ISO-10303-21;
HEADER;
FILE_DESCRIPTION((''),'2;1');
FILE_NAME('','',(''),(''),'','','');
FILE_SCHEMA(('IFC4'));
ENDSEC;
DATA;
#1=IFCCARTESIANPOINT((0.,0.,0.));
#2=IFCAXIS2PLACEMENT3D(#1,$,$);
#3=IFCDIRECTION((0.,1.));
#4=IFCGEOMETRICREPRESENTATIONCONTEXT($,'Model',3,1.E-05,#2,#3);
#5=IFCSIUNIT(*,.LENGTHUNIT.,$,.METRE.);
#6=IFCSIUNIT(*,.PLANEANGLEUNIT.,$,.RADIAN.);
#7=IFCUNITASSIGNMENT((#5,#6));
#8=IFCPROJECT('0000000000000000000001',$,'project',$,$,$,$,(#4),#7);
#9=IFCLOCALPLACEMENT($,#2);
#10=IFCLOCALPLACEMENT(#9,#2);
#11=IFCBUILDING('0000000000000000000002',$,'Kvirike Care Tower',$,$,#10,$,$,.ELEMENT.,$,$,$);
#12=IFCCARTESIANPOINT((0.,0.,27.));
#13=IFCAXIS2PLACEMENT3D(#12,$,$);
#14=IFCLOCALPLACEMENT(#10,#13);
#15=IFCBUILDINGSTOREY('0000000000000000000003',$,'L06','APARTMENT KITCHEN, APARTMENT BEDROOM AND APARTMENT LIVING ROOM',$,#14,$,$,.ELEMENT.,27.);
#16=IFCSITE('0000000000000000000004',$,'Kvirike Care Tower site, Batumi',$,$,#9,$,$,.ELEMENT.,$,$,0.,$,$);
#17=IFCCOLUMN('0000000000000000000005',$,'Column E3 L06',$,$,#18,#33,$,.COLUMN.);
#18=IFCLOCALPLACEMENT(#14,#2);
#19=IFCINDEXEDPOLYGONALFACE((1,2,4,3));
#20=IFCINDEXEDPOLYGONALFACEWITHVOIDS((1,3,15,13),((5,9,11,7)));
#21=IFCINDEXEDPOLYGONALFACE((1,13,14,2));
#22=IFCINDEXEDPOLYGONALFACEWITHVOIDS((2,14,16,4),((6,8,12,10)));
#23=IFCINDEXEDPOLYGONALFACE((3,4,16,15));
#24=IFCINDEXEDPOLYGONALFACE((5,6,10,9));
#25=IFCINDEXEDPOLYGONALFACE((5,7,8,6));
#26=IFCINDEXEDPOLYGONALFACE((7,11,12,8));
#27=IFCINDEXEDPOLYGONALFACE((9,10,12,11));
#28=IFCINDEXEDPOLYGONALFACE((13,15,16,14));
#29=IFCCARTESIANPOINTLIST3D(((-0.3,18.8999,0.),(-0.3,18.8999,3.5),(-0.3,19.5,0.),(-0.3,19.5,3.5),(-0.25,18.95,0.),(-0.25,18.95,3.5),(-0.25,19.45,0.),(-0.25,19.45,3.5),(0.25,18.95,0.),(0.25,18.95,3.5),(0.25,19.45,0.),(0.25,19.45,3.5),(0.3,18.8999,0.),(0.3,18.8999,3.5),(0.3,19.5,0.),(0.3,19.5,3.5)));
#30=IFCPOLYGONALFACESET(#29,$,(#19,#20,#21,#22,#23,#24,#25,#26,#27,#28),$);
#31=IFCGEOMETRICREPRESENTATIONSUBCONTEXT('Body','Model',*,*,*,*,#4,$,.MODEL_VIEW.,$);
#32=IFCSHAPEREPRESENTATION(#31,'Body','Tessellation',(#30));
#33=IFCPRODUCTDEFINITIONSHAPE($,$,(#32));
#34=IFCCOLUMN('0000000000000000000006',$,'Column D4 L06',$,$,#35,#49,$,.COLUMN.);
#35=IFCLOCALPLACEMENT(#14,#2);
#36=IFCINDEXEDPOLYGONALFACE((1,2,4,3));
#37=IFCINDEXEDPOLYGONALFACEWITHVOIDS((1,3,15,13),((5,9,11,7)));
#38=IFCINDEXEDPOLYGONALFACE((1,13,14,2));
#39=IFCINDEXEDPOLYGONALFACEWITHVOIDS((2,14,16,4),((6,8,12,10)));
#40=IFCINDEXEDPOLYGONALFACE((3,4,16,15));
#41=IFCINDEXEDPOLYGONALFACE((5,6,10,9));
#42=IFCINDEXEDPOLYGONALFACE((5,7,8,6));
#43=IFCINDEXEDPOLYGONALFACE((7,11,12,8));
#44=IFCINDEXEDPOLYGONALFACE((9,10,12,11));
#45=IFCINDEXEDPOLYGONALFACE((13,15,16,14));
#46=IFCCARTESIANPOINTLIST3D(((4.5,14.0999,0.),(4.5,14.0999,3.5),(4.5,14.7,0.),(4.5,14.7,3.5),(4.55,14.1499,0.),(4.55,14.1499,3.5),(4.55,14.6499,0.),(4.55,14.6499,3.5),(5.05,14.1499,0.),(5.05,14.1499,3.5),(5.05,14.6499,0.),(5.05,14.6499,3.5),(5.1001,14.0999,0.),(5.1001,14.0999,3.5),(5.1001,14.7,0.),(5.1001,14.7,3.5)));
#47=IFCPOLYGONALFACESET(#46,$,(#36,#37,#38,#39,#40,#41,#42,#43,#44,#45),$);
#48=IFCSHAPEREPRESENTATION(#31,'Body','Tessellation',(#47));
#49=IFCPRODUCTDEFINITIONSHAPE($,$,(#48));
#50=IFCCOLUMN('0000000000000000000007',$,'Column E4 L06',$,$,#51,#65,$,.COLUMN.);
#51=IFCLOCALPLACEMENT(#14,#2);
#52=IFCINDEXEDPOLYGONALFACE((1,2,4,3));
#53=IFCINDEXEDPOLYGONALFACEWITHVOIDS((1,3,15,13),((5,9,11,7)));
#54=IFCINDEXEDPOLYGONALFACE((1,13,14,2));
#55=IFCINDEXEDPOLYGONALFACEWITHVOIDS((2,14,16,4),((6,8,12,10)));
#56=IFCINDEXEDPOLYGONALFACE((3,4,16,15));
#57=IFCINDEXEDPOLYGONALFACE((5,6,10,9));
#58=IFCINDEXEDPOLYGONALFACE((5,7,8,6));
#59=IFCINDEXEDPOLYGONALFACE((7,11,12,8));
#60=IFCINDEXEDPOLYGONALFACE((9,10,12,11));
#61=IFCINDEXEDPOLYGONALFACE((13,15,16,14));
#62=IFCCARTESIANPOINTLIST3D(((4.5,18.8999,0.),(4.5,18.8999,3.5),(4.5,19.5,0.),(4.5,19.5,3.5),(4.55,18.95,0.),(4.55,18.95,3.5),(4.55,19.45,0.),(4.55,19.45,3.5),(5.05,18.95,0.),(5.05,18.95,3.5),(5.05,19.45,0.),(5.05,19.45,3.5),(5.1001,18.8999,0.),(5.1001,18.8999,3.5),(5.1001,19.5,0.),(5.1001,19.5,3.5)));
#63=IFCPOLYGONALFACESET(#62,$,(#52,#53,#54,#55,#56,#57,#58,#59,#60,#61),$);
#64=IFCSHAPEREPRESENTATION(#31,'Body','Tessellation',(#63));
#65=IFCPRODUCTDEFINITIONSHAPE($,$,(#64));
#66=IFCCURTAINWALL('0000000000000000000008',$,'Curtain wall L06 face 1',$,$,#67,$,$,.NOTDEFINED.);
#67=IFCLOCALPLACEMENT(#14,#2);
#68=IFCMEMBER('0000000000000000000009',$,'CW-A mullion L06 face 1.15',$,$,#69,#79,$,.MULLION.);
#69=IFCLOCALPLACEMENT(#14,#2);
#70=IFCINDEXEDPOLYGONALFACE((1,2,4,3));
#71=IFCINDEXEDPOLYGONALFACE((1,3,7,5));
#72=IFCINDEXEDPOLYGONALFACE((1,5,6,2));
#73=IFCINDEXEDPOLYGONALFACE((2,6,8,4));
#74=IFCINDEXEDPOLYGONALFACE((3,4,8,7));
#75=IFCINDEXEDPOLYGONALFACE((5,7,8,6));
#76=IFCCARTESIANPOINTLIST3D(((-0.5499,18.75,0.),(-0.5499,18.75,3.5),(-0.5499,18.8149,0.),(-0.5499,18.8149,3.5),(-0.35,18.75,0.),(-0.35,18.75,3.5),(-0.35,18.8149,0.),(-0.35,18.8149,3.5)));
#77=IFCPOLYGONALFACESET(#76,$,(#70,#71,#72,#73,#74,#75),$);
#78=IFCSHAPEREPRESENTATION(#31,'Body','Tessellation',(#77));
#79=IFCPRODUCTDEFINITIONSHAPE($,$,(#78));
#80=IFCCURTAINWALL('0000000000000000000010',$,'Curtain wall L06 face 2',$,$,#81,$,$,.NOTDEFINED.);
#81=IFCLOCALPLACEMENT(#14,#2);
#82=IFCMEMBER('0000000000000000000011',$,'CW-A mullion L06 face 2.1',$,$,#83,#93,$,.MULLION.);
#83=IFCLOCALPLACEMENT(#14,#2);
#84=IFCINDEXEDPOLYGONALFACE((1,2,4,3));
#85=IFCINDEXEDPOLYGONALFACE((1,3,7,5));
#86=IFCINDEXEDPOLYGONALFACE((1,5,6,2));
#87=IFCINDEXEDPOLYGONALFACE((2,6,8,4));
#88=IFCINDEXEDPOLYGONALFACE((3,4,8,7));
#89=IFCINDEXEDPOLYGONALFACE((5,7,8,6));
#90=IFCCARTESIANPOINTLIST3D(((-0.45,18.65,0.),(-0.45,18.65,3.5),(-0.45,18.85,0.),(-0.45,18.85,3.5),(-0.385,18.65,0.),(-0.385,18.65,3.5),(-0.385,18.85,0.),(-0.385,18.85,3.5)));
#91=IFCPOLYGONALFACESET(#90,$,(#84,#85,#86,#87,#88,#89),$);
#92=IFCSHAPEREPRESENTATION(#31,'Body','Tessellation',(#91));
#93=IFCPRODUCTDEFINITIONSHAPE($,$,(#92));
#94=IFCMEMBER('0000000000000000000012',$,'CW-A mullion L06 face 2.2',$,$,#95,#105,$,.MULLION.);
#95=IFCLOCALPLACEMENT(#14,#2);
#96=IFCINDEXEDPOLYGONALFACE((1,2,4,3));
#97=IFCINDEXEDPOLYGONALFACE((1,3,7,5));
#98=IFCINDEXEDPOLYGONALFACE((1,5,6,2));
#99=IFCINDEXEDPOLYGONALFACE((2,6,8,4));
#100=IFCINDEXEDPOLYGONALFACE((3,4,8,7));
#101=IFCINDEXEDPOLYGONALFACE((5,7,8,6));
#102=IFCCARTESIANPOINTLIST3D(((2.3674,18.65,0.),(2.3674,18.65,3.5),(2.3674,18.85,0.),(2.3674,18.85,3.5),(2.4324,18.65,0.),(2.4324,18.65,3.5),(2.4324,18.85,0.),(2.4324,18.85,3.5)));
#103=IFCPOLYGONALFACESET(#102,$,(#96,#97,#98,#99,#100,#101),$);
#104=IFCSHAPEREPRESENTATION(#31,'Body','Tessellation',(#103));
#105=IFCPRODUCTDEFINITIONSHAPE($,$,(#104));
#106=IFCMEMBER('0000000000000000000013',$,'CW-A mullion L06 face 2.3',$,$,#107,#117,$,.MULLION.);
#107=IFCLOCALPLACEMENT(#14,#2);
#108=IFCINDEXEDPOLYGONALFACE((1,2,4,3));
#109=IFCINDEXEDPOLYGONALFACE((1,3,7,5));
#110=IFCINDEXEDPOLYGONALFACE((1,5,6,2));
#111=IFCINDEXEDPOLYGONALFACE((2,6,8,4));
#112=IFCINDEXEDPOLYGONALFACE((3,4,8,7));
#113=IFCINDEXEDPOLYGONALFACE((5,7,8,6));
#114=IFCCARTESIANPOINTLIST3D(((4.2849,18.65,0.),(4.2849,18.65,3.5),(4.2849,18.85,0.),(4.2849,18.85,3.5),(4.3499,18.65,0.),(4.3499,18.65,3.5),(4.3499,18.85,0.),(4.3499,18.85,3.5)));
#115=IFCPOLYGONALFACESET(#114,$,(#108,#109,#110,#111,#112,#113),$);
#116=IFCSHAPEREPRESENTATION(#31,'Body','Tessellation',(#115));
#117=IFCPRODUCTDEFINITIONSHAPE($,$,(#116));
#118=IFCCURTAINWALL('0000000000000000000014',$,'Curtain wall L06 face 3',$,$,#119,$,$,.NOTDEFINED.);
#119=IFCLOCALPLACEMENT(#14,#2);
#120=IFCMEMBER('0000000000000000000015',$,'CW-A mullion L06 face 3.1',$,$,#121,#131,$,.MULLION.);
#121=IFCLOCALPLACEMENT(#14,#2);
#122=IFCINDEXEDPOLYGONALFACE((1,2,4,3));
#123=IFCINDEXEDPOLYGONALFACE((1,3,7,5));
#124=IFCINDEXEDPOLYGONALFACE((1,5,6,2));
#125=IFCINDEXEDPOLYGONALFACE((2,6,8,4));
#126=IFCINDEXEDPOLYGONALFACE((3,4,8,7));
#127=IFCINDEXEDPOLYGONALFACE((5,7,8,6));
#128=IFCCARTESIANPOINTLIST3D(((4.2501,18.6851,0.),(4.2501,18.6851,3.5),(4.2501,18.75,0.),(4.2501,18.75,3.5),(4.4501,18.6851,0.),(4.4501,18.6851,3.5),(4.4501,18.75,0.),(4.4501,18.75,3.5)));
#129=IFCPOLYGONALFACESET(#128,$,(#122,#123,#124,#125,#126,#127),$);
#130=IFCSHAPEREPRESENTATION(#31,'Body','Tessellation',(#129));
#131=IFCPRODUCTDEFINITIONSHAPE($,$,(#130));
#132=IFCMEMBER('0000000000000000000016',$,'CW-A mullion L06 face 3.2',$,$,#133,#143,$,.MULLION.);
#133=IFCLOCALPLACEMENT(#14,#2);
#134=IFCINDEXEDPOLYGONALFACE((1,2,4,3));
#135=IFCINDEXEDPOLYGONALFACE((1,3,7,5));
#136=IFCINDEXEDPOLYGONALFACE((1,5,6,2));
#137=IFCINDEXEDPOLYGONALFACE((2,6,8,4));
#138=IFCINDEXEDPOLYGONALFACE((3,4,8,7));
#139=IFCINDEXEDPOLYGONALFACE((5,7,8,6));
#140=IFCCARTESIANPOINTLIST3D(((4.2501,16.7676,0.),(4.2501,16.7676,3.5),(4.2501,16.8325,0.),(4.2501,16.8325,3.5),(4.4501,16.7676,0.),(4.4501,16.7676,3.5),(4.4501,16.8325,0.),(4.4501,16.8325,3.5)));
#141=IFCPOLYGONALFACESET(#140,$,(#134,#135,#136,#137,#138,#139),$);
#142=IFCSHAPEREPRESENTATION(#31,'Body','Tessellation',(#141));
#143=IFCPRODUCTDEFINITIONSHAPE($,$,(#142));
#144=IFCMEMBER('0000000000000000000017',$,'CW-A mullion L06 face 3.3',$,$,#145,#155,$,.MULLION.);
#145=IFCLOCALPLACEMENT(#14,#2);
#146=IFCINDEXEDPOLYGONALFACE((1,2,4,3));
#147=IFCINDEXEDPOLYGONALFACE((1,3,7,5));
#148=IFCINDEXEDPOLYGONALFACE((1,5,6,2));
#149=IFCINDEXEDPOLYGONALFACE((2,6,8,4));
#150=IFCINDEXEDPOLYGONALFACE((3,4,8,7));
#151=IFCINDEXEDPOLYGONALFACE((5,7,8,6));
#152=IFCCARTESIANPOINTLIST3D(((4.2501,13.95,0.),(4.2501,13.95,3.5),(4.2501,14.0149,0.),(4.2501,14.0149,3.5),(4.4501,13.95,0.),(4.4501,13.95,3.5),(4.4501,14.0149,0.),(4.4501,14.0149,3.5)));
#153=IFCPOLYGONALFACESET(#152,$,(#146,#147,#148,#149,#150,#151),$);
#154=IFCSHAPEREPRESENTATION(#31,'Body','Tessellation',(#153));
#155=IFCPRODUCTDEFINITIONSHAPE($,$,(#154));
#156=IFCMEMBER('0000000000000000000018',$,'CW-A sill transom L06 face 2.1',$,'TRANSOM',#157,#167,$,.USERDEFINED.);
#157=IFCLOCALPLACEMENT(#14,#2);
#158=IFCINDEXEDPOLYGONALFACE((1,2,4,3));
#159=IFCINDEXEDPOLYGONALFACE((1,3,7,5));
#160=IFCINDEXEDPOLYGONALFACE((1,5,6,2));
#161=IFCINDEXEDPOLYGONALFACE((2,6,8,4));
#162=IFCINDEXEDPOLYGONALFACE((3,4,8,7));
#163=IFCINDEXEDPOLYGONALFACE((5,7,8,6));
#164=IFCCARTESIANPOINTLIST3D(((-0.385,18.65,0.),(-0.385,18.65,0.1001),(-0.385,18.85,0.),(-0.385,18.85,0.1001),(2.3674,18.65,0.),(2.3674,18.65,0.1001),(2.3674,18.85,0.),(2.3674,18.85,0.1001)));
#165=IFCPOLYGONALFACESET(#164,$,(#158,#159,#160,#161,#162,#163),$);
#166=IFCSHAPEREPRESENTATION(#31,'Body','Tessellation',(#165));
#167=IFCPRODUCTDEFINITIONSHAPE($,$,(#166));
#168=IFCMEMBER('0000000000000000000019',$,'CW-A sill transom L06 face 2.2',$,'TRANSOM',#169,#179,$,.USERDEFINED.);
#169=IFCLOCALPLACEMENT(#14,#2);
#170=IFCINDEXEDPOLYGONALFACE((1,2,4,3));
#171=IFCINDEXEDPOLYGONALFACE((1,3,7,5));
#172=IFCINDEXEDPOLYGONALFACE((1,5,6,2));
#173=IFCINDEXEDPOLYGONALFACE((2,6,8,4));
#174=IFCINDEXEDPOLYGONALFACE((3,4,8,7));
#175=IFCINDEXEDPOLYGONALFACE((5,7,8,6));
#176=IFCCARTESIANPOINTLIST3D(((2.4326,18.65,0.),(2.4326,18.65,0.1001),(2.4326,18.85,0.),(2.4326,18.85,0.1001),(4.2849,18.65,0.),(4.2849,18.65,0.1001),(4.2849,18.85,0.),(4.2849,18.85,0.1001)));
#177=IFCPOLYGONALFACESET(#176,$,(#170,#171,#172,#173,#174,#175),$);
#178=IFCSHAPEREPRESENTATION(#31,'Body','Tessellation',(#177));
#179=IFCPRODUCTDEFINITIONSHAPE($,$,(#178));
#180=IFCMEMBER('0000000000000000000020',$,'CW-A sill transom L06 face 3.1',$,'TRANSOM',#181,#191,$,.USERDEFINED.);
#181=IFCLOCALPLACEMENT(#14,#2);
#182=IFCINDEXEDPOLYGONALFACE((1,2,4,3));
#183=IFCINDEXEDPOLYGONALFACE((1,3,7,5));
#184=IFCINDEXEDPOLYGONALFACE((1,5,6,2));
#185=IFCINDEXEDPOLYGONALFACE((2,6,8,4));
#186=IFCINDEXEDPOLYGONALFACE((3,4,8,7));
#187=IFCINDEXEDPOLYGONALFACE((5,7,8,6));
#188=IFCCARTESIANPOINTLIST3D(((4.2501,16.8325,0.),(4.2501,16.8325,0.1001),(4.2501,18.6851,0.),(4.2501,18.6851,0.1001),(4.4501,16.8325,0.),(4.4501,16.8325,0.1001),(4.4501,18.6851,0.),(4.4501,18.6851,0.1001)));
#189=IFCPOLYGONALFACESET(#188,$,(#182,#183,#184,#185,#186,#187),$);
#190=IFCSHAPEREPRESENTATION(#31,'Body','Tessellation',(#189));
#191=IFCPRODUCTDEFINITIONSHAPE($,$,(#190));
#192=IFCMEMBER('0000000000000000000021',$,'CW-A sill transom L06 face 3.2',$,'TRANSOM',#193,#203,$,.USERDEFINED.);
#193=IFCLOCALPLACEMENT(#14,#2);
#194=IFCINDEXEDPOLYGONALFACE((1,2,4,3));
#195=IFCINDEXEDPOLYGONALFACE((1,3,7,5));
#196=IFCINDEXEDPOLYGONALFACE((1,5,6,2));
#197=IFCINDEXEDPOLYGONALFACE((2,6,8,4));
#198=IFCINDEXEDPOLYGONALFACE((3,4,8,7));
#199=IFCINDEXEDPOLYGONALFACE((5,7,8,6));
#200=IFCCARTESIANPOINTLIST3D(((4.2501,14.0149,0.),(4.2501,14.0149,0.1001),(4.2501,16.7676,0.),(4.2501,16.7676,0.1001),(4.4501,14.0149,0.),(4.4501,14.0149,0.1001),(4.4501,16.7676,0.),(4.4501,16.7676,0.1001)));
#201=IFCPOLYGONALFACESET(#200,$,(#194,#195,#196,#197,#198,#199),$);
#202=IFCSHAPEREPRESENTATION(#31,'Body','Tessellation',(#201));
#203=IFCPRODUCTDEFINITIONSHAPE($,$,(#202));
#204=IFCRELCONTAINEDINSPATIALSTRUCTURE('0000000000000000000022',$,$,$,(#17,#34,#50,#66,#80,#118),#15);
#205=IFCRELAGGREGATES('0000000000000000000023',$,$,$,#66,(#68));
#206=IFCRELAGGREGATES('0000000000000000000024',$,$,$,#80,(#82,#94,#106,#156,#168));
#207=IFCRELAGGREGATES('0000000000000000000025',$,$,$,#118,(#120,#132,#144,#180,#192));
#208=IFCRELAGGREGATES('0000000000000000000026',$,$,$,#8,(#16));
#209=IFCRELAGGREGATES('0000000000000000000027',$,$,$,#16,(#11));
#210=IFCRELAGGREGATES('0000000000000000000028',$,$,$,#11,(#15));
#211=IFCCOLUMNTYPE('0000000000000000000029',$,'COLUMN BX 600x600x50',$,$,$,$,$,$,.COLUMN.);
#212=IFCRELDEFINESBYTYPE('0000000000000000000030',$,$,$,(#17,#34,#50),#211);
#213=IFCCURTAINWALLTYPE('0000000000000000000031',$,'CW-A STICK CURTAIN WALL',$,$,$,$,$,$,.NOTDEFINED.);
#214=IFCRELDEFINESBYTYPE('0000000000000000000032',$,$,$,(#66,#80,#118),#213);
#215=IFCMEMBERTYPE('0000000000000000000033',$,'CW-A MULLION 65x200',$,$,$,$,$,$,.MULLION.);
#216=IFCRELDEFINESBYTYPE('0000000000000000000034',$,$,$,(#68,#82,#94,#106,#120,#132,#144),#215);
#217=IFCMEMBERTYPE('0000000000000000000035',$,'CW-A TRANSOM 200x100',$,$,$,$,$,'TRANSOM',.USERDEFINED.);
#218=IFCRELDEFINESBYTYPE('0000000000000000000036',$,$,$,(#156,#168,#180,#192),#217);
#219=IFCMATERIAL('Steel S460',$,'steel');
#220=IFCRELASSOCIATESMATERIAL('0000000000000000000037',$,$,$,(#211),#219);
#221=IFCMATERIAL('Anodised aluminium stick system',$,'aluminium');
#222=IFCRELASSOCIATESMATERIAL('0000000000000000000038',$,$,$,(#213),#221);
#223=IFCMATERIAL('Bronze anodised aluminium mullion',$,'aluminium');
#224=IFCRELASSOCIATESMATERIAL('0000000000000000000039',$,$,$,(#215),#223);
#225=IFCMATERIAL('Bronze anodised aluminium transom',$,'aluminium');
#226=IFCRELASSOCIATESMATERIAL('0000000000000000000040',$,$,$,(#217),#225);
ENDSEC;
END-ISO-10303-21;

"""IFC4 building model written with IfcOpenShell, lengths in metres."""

from ifc_helpers import new_model, si_unit, direction, frame, origin, origin_2d, place, context, subcontext, project, spatial, rectangle, hollow_rectangle, extrude, material, material_profile, profile_set, type_object, element, aggregate, save


model = new_model("IFC4")

# Units and contexts
model_context = context("Model", 3, precision=1e-05, world=origin(), true_north=direction((0.0, 1.0)))
body_context = subcontext(model_context, "Body", "Model", "MODEL_VIEW")
ifc_project = project(units=[si_unit("LENGTHUNIT", "METRE"), si_unit("PLANEANGLEUNIT", "RADIAN")], contexts=[model_context])

# Site, building, storey
site_placement = place(None, origin())
site = spatial("IfcSite", under=ifc_project, at=site_placement, Name="Kvirike Care Tower site, Batumi", CompositionType="ELEMENT", RefElevation=0.0)
building_placement = place(site_placement, origin())
building = spatial("IfcBuilding", under=site, at=building_placement, Name="Kvirike Care Tower", CompositionType="ELEMENT")
storey_placement = place(building_placement, frame((0.0, 0.0, 27.0)))
storey = spatial("IfcBuildingStorey", under=building, at=storey_placement, Name="L06", Description="APARTMENT KITCHEN, APARTMENT BEDROOM AND APARTMENT LIVING ROOM", CompositionType="ELEMENT", Elevation=27.0)

# Columns
ifc_material_1 = material(Name="Steel S460", Category="steel")
ifc_material_profile_1 = material_profile(ifc_material_1, hollow_rectangle(XDim=0.6001, YDim=0.6001, WallThickness=0.05, at=origin_2d()), Name="BX 600x600x50")
ifc_profile_set_1 = profile_set([ifc_material_profile_1], Name="Steel S460")
column_type = type_object("IfcColumnType", Name="COLUMN BX 600x600x50", PredefinedType="COLUMN", material=ifc_profile_set_1)
for number, where, z_axis, x_axis, name in (
    (1, (0.0, 19.2, 0.0), (0.0, 0.0, 1.0), (0.0, 1.0, 0.0), "Column E3 L06"),
    (2, (4.8, 14.3999, 0.0), (0.0, 0.0, 1.0), (0.0, 1.0, 0.0), "Column D4 L06"),
    (3, (4.8, 19.2, 0.0), (0.0, 0.0, 1.0), (0.0, 1.0, 0.0), "Column E4 L06"),
):
    element("IfcColumn", number, at=place(storey_placement, frame(where, z_axis=z_axis, x_axis=x_axis)), inside=storey, type_object=column_type, Name=name, PredefinedType="COLUMN", context=body_context, shape_type="SweptSolid", body=[
        extrude(hollow_rectangle(XDim=0.6001, YDim=0.6001, WallThickness=0.05, at=origin_2d()), origin(), (0.0, 0.0, 1.0), 3.5),
    ])

# Curtain wall, member
ifc_material_2 = material(Name="Anodised aluminium stick system", Category="aluminium")
curtain_wall_type = type_object("IfcCurtainWallType", Name="CW-A STICK CURTAIN WALL", PredefinedType="NOTDEFINED", material=ifc_material_2)
curtain_wall_1_placement = place(storey_placement, origin())
curtain_wall_1 = element("IfcCurtainWall", 4, at=curtain_wall_1_placement, inside=storey, type_object=curtain_wall_type, Name="Curtain wall L06 face 1", PredefinedType="NOTDEFINED")
ifc_material_3 = material(Name="Bronze anodised aluminium mullion", Category="aluminium")
ifc_material_profile_2 = material_profile(ifc_material_3, rectangle(XDim=0.0649, YDim=0.2, at=origin_2d()), Name="CW-A MULLION 65x200")
ifc_profile_set_2 = profile_set([ifc_material_profile_2], Name="Bronze anodised aluminium mullion")
member_type_1 = type_object("IfcMemberType", Name="CW-A MULLION 65x200", PredefinedType="MULLION", material=ifc_profile_set_2)
member_1_placement = place(storey_placement, frame((-0.45, 18.7825, 0.0), z_axis=(0.0, 0.0, 1.0), x_axis=(0.0, -1.0, 0.0)))
member_1 = element("IfcMember", 5, at=member_1_placement, type_object=member_type_1, Name="CW-A mullion L06 face 1.15", PredefinedType="MULLION", context=body_context, shape_type="SweptSolid", body=[
    extrude(rectangle(XDim=0.0649, YDim=0.2, at=origin_2d()), origin(), (0.0, 0.0, 1.0), 3.5),
])
aggregate(curtain_wall_1, [member_1])

# Curtain walls, members
curtain_wall_2_placement = place(storey_placement, origin())
curtain_wall_2 = element("IfcCurtainWall", 6, at=curtain_wall_2_placement, inside=storey, type_object=curtain_wall_type, Name="Curtain wall L06 face 2", PredefinedType="NOTDEFINED")
member_2_placement = place(storey_placement, frame((-0.4175, 18.75, 0.0), z_axis=(0.0, 0.0, 1.0), x_axis=(1.0, 0.0, 0.0)))
member_2 = element("IfcMember", 7, at=member_2_placement, type_object=member_type_1, Name="CW-A mullion L06 face 2.1", PredefinedType="MULLION", context=body_context, shape_type="SweptSolid", body=[
    extrude(rectangle(XDim=0.0649, YDim=0.2, at=origin_2d()), origin(), (0.0, 0.0, 1.0), 3.5),
])
member_3_placement = place(storey_placement, frame((2.3999, 18.75, 0.0), z_axis=(0.0, 0.0, 1.0), x_axis=(1.0, 0.0, 0.0)))
member_3 = element("IfcMember", 8, at=member_3_placement, type_object=member_type_1, Name="CW-A mullion L06 face 2.2", PredefinedType="MULLION", context=body_context, shape_type="SweptSolid", body=[
    extrude(rectangle(XDim=0.0649, YDim=0.2, at=origin_2d()), origin(), (0.0, 0.0, 1.0), 3.5),
])
member_4_placement = place(storey_placement, frame((4.3174, 18.75, 0.0), z_axis=(0.0, 0.0, 1.0), x_axis=(1.0, 0.0, 0.0)))
member_4 = element("IfcMember", 9, at=member_4_placement, type_object=member_type_1, Name="CW-A mullion L06 face 2.3", PredefinedType="MULLION", context=body_context, shape_type="SweptSolid", body=[
    extrude(rectangle(XDim=0.0649, YDim=0.2, at=origin_2d()), origin(), (0.0, 0.0, 1.0), 3.5),
])
curtain_wall_3_placement = place(storey_placement, origin())
curtain_wall_3 = element("IfcCurtainWall", 10, at=curtain_wall_3_placement, inside=storey, type_object=curtain_wall_type, Name="Curtain wall L06 face 3", PredefinedType="NOTDEFINED")
member_5_placement = place(storey_placement, frame((4.3501, 18.7175, 0.0), z_axis=(0.0, 0.0, 1.0), x_axis=(0.0, -1.0, 0.0)))
member_5 = element("IfcMember", 11, at=member_5_placement, type_object=member_type_1, Name="CW-A mullion L06 face 3.1", PredefinedType="MULLION", context=body_context, shape_type="SweptSolid", body=[
    extrude(rectangle(XDim=0.0649, YDim=0.2, at=origin_2d()), origin(), (0.0, 0.0, 1.0), 3.5),
])
member_6_placement = place(storey_placement, frame((4.3501, 16.8, 0.0), z_axis=(0.0, 0.0, 1.0), x_axis=(0.0, -1.0, 0.0)))
member_6 = element("IfcMember", 12, at=member_6_placement, type_object=member_type_1, Name="CW-A mullion L06 face 3.2", PredefinedType="MULLION", context=body_context, shape_type="SweptSolid", body=[
    extrude(rectangle(XDim=0.0649, YDim=0.2, at=origin_2d()), origin(), (0.0, 0.0, 1.0), 3.5),
])
member_7_placement = place(storey_placement, frame((4.3501, 13.9824, 0.0), z_axis=(0.0, 0.0, 1.0), x_axis=(0.0, -1.0, 0.0)))
member_7 = element("IfcMember", 13, at=member_7_placement, type_object=member_type_1, Name="CW-A mullion L06 face 3.3", PredefinedType="MULLION", context=body_context, shape_type="SweptSolid", body=[
    extrude(rectangle(XDim=0.0649, YDim=0.2, at=origin_2d()), origin(), (0.0, 0.0, 1.0), 3.5),
])

# Members
ifc_material_4 = material(Name="Bronze anodised aluminium transom", Category="aluminium")
ifc_material_profile_3 = material_profile(ifc_material_4, rectangle(XDim=0.2, YDim=0.1001, at=origin_2d()), Name="CW-A TRANSOM 200x100")
ifc_profile_set_3 = profile_set([ifc_material_profile_3], Name="Bronze anodised aluminium transom")
member_type_2 = type_object("IfcMemberType", Name="CW-A TRANSOM 200x100", ElementType="TRANSOM", PredefinedType="USERDEFINED", material=ifc_profile_set_3)
member_8_placement = place(storey_placement, frame((-0.385, 18.75, 0.05), z_axis=(1.0, 0.0, 0.0), x_axis=(0.0, 1.0, 0.0)))
member_8 = element("IfcMember", 14, at=member_8_placement, type_object=member_type_2, Name="CW-A sill transom L06 face 2.1", ObjectType="TRANSOM", PredefinedType="USERDEFINED", context=body_context, shape_type="SweptSolid", body=[
    extrude(rectangle(XDim=0.2, YDim=0.1001, at=origin_2d()), origin(), (0.0, 0.0, 1.0), 2.7524),
])
member_9_placement = place(storey_placement, frame((2.4326, 18.75, 0.05), z_axis=(1.0, 0.0, 0.0), x_axis=(0.0, 1.0, 0.0)))
member_9 = element("IfcMember", 15, at=member_9_placement, type_object=member_type_2, Name="CW-A sill transom L06 face 2.2", ObjectType="TRANSOM", PredefinedType="USERDEFINED", context=body_context, shape_type="SweptSolid", body=[
    extrude(rectangle(XDim=0.2, YDim=0.1001, at=origin_2d()), origin(), (0.0, 0.0, 1.0), 1.8523),
])
member_10_placement = place(storey_placement, frame((4.3501, 18.6851, 0.05), z_axis=(0.0, -1.0, 0.0), x_axis=(1.0, 0.0, 0.0)))
member_10 = element("IfcMember", 16, at=member_10_placement, type_object=member_type_2, Name="CW-A sill transom L06 face 3.1", ObjectType="TRANSOM", PredefinedType="USERDEFINED", context=body_context, shape_type="SweptSolid", body=[
    extrude(rectangle(XDim=0.2, YDim=0.1001, at=origin_2d()), origin(), (0.0, 0.0, 1.0), 1.8525),
])
member_11_placement = place(storey_placement, frame((4.3501, 16.7676, 0.05), z_axis=(0.0, -1.0, 0.0), x_axis=(1.0, 0.0, 0.0)))
member_11 = element("IfcMember", 17, at=member_11_placement, type_object=member_type_2, Name="CW-A sill transom L06 face 3.2", ObjectType="TRANSOM", PredefinedType="USERDEFINED", context=body_context, shape_type="SweptSolid", body=[
    extrude(rectangle(XDim=0.2, YDim=0.1001, at=origin_2d()), origin(), (0.0, 0.0, 1.0), 2.7527),
])

aggregate(curtain_wall_2, [member_2, member_3, member_4, member_8, member_9])
aggregate(curtain_wall_3, [member_5, member_6, member_7, member_10, member_11])

save(model, "model.ifc")
